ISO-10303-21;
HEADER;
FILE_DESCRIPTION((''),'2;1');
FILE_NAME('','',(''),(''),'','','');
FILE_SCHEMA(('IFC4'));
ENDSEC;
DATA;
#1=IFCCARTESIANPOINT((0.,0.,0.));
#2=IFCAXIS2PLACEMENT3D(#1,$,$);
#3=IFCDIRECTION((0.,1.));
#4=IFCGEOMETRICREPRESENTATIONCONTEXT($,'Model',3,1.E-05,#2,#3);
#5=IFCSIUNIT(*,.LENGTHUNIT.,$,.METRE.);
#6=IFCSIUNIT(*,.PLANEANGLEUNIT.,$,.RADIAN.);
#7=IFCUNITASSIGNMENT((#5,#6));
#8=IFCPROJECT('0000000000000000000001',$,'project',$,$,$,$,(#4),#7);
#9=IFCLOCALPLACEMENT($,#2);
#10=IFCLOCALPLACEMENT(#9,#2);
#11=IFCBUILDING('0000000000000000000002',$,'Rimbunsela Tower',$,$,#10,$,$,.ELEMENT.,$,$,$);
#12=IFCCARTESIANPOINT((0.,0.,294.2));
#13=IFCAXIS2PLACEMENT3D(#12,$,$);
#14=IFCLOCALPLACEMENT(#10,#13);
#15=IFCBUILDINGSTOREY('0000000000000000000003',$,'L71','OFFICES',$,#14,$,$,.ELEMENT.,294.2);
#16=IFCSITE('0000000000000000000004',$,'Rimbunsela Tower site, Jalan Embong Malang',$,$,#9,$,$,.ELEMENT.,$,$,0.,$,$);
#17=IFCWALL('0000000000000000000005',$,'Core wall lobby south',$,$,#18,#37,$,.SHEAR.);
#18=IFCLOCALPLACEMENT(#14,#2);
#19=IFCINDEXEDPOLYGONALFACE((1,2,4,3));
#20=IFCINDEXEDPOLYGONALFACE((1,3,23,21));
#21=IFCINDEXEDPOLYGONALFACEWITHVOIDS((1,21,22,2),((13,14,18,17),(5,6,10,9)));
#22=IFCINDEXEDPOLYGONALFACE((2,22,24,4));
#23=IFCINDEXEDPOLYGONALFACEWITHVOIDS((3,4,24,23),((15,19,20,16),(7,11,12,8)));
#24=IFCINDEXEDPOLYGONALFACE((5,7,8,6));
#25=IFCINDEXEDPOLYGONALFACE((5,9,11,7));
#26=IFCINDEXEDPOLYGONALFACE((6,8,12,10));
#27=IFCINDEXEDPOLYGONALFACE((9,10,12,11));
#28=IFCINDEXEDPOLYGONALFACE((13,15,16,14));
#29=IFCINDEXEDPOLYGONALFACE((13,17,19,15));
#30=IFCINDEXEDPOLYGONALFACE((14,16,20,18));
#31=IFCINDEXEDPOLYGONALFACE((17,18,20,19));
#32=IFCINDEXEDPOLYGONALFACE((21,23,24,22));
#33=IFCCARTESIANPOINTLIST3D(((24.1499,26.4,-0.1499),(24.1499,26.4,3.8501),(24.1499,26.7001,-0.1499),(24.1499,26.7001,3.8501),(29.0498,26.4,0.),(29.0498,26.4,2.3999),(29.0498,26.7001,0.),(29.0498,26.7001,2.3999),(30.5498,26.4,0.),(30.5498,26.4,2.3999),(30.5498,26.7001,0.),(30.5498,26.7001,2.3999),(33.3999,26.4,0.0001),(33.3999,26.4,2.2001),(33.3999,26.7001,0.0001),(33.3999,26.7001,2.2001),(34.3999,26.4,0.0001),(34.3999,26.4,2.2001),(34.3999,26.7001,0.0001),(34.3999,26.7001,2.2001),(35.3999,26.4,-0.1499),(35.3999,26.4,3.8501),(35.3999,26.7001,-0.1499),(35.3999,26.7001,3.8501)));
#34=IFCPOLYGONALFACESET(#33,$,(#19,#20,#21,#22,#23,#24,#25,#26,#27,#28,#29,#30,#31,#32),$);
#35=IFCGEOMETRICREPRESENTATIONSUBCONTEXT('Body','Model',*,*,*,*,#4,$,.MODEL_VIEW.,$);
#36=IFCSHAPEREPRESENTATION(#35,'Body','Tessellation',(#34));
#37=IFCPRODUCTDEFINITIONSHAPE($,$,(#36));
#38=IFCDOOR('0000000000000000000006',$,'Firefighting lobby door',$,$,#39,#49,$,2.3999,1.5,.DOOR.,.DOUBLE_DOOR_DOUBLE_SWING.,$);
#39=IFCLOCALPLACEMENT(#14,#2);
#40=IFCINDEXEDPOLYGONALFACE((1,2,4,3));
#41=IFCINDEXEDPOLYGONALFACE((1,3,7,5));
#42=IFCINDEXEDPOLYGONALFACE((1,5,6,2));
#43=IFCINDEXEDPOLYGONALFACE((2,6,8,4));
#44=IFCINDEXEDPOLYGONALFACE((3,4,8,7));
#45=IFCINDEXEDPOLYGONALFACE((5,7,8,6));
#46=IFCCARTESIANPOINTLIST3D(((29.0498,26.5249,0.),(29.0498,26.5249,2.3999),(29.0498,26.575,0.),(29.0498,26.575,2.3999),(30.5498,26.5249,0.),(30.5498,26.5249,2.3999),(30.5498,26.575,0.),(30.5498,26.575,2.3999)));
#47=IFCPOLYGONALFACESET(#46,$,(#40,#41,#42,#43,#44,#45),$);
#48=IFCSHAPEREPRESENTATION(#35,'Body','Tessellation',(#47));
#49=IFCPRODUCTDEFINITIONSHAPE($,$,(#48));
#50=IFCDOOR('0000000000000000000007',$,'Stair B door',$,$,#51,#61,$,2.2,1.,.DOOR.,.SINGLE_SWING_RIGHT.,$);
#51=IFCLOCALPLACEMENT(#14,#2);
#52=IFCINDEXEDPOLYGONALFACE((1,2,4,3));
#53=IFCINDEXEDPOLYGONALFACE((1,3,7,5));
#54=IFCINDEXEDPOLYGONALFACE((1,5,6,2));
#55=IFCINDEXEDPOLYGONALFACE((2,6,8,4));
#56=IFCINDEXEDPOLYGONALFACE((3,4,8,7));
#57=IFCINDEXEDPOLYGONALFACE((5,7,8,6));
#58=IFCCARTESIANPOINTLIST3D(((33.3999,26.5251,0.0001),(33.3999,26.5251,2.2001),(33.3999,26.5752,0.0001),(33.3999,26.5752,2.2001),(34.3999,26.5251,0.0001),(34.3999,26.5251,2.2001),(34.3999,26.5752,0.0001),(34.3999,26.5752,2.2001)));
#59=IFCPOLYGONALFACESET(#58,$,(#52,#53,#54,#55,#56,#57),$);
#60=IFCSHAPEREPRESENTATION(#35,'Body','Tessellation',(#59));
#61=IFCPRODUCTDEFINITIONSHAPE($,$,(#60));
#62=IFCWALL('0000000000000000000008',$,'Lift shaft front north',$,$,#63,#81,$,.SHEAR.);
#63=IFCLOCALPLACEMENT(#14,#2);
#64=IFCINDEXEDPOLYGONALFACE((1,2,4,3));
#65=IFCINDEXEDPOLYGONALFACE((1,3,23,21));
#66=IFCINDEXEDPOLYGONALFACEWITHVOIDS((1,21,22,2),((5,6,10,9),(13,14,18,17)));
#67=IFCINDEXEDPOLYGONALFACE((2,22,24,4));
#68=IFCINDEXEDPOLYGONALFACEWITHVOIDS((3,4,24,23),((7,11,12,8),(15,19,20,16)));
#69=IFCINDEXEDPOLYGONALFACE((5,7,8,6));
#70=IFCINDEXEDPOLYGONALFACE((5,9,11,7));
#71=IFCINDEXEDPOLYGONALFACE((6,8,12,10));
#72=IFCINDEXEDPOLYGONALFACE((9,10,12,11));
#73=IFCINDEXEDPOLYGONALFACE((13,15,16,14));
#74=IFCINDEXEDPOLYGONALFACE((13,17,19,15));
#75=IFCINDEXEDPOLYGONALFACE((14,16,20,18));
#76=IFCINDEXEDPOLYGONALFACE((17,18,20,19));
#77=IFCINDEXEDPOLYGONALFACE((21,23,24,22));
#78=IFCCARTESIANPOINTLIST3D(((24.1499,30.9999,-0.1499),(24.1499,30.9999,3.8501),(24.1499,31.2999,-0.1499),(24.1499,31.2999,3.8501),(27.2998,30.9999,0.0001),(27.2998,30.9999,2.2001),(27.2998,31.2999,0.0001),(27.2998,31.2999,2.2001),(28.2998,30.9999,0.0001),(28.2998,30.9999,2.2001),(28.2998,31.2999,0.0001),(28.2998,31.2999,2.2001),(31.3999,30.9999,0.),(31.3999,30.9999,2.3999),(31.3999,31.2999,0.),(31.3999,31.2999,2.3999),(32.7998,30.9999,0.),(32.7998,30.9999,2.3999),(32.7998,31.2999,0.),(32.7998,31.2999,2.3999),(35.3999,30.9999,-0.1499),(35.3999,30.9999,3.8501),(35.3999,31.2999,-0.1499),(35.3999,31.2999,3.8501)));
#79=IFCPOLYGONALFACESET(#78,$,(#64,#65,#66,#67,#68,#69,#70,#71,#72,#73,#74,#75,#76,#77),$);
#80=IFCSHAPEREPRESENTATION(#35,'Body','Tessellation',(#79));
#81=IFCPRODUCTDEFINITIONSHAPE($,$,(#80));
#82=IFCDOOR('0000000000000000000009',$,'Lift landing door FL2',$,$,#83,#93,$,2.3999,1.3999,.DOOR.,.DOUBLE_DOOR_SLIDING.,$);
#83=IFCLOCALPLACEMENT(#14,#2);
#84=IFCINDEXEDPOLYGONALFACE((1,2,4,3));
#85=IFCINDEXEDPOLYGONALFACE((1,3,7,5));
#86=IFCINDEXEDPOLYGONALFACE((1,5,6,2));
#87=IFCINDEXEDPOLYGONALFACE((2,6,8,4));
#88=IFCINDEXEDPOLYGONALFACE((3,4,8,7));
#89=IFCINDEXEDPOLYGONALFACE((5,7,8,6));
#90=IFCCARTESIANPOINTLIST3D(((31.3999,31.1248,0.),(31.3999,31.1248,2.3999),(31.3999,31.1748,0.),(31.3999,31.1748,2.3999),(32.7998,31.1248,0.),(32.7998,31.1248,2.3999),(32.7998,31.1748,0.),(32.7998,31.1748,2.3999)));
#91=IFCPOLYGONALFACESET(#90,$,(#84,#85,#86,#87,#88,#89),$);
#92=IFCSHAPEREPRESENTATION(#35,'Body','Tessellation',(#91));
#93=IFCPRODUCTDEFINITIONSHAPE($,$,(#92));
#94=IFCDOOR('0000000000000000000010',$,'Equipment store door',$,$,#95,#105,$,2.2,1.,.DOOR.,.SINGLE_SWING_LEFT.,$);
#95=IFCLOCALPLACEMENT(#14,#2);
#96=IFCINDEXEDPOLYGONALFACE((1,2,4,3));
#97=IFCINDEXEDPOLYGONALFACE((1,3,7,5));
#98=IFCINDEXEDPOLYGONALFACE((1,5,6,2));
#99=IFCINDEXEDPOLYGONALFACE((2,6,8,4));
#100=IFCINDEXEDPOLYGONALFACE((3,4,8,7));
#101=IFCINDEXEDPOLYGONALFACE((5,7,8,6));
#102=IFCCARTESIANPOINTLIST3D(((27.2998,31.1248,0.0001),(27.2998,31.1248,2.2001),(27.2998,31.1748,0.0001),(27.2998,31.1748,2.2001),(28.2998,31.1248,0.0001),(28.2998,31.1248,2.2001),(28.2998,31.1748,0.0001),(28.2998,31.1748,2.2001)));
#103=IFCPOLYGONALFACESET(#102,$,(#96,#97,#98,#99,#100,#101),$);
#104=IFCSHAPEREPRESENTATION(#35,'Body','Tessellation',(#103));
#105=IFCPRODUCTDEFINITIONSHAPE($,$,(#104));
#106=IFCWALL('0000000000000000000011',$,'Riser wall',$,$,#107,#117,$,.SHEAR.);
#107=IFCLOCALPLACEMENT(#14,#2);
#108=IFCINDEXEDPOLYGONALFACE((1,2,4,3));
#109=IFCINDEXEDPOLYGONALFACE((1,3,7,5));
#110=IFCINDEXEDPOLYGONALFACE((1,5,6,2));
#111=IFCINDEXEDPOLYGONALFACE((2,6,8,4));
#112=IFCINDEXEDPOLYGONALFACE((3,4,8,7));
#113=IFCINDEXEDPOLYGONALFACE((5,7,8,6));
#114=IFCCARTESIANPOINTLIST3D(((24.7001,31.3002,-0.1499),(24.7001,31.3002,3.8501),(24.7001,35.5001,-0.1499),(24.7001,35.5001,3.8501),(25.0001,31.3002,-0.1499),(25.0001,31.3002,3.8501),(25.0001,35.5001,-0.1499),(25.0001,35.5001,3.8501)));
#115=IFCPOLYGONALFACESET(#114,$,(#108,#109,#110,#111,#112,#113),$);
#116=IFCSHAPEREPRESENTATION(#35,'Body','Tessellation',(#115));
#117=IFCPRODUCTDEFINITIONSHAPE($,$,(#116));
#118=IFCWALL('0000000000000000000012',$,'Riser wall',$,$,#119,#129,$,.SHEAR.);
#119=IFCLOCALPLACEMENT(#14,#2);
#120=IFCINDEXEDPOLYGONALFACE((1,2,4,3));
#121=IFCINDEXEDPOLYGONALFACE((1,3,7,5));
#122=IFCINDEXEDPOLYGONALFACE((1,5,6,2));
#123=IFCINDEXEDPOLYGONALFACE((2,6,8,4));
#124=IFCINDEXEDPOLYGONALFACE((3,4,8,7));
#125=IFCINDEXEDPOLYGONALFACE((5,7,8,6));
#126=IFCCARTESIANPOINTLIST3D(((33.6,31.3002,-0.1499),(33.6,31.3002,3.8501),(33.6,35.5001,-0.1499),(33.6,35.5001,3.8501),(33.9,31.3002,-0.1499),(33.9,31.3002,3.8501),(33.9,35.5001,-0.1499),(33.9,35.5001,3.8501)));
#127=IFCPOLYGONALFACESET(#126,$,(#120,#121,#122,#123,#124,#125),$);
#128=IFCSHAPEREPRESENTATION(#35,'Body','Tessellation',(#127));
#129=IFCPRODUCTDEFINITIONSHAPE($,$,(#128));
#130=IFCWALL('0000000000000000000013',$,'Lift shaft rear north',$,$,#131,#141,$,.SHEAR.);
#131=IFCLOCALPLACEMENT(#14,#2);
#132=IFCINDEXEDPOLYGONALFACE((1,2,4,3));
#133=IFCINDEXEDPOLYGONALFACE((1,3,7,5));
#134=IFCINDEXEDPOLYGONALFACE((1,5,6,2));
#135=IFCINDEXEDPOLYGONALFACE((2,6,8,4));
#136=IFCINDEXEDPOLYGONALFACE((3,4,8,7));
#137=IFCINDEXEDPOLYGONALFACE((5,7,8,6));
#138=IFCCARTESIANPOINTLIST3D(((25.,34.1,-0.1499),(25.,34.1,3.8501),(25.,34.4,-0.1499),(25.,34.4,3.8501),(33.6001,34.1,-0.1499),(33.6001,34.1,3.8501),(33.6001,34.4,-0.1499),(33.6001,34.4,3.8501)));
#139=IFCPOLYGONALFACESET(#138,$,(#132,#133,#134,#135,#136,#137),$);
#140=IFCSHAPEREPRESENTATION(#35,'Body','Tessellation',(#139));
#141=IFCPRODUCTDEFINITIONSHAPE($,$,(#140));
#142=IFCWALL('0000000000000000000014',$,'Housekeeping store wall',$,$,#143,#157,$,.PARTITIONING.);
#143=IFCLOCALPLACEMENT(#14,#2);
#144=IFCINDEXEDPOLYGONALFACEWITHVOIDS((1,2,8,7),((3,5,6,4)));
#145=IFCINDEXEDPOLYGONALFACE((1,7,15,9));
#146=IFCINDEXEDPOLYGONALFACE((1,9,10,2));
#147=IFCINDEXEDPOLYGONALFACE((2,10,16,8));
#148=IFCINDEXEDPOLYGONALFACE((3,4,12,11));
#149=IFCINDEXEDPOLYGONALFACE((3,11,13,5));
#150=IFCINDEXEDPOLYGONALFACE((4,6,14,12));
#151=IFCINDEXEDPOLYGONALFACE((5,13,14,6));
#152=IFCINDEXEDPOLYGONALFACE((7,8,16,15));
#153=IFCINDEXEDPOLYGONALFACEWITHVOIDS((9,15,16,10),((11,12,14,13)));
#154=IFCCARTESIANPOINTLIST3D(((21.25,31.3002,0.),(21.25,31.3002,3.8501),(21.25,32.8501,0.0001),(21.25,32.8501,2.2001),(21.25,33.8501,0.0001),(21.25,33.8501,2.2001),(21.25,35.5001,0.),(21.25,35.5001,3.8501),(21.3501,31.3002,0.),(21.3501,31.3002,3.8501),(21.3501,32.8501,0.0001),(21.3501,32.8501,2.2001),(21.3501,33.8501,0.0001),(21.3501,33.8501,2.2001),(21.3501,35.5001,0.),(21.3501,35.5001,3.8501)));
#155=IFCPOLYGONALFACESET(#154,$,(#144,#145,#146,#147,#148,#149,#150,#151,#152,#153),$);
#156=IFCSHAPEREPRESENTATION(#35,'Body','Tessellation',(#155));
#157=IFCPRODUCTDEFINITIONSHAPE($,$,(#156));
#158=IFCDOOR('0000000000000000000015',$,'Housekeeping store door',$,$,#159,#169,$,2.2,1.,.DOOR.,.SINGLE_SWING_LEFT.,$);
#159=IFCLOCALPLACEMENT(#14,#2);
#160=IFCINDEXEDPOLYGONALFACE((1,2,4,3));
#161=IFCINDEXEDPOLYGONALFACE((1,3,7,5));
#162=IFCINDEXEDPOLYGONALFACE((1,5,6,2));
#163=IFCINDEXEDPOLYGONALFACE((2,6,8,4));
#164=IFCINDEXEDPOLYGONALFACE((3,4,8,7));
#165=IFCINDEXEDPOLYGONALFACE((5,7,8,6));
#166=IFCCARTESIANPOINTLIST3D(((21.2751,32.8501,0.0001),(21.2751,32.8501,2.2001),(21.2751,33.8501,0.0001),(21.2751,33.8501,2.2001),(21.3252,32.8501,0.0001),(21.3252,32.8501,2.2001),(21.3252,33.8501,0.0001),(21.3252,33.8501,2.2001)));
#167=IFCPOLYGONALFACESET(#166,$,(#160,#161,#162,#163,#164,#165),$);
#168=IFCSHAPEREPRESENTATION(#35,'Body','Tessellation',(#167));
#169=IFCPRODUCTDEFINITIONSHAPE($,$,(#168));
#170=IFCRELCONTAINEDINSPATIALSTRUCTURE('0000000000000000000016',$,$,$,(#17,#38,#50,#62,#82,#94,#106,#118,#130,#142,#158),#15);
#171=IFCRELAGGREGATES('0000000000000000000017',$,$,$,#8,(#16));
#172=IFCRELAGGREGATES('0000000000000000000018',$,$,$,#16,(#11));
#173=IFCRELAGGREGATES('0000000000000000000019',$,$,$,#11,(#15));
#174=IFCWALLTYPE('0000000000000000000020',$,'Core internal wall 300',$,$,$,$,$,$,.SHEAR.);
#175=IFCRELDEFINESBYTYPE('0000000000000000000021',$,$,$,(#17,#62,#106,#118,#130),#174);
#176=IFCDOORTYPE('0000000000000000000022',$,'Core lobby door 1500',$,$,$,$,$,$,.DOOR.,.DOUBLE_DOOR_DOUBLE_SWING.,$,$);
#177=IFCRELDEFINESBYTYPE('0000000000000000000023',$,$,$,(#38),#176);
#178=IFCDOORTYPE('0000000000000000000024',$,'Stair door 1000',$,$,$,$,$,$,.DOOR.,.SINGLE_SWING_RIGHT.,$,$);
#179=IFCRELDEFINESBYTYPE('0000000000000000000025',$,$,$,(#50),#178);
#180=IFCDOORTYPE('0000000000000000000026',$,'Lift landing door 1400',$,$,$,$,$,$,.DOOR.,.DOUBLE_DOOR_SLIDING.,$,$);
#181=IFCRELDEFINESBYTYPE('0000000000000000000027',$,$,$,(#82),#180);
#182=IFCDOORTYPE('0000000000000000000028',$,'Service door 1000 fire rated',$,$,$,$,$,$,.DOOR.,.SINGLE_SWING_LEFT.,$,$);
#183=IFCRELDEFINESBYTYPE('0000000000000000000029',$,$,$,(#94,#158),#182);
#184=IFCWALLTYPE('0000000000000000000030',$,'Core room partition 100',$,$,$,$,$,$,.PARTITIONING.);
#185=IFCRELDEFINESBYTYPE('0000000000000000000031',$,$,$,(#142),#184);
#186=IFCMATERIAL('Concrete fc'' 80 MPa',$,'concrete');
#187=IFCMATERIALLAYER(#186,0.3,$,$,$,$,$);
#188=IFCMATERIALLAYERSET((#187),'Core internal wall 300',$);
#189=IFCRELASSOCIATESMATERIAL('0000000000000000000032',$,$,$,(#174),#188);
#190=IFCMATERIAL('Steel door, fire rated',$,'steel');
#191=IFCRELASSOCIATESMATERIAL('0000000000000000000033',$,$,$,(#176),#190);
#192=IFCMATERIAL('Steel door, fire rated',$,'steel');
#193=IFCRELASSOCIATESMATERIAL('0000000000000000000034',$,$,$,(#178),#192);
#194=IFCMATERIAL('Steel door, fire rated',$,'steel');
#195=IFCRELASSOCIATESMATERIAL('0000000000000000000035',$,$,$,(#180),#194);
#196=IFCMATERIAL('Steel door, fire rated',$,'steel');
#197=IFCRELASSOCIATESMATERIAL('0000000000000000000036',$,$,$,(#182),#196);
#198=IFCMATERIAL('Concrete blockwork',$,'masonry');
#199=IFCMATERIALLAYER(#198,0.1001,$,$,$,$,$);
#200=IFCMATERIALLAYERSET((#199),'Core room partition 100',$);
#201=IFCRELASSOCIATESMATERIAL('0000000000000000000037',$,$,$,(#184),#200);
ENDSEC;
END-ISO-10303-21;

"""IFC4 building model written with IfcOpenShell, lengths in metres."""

from ifc_helpers import new_model, si_unit, direction, frame, frame_2d, origin, place, context, subcontext, project, spatial, rectangle, extrude, material, layer, layer_set, type_object, element, fill, save


model = new_model("IFC4")

# Units and contexts
model_context = context("Model", 3, precision=1e-05, world=origin(), true_north=direction((0.0, 1.0)))
body_context = subcontext(model_context, "Body", "Model", "MODEL_VIEW")
ifc_project = project(units=[si_unit("LENGTHUNIT", "METRE"), si_unit("PLANEANGLEUNIT", "RADIAN")], contexts=[model_context])

# Site, building, storey
site_placement = place(None, origin())
site = spatial("IfcSite", under=ifc_project, at=site_placement, Name="Rimbunsela Tower site, Jalan Embong Malang", CompositionType="ELEMENT", RefElevation=0.0)
building_placement = place(site_placement, origin())
building = spatial("IfcBuilding", under=site, at=building_placement, Name="Rimbunsela Tower", CompositionType="ELEMENT")
storey_placement = place(building_placement, frame((0.0, 0.0, 294.2)))
storey = spatial("IfcBuildingStorey", under=building, at=storey_placement, Name="L71", Description="OFFICES", CompositionType="ELEMENT", Elevation=294.2)

# Walls, openings, doors
ifc_material_1 = material(Name="Concrete fc' 80 MPa", Category="concrete")
ifc_layer_1 = layer(ifc_material_1, 0.3)
ifc_layer_set_1 = layer_set([ifc_layer_1], Name="Core internal wall 300")
wall_type_1 = type_object("IfcWallType", Name="Core internal wall 300", PredefinedType="SHEAR", material=ifc_layer_set_1)
wall_1_placement = place(storey_placement, frame((24.1499, 26.55, -0.1499), z_axis=(0.0, 0.0, 1.0), x_axis=(1.0, 0.0, 0.0)))
wall_1 = element("IfcWall", 1, at=wall_1_placement, inside=storey, type_object=wall_type_1, Name="Core wall lobby south", PredefinedType="SHEAR", context=body_context, shape_type="SweptSolid", body=[
    extrude(rectangle(XDim=11.25, YDim=0.3, at=frame_2d((5.625, 0.0))), origin(), (0.0, 0.0, 1.0), 4.0),
])
opening_1_placement = place(wall_1_placement, frame((9.25, 0.0, 0.1499)))
opening_1 = element("IfcOpeningElement", 2, at=opening_1_placement, cuts=wall_1, PredefinedType="OPENING", context=body_context, shape_type="SweptSolid", body=[
    extrude(rectangle(XDim=1.0, YDim=2.2, at=frame_2d((0.5, 1.1001))), frame((0.0, 0.1599, 0.0), z_axis=(0.0, -1.0, 0.0), x_axis=(1.0, 0.0, 0.0)), (0.0, 0.0, 1.0), 0.3201),
])
opening_2_placement = place(wall_1_placement, frame((4.8999, 0.0, 0.1499)))
opening_2 = element("IfcOpeningElement", 3, at=opening_2_placement, cuts=wall_1, PredefinedType="OPENING", context=body_context, shape_type="SweptSolid", body=[
    extrude(rectangle(XDim=1.5, YDim=2.3999, at=frame_2d((0.75, 1.2))), frame((0.0, 0.1599, 0.0), z_axis=(0.0, -1.0, 0.0), x_axis=(1.0, 0.0, 0.0)), (0.0, 0.0, 1.0), 0.3201),
])
ifc_material_2 = material(Name="Steel door, fire rated", Category="steel")
door_type_1 = type_object("IfcDoorType", Name="Core lobby door 1500", OperationType="DOUBLE_DOOR_DOUBLE_SWING", PredefinedType="DOOR", material=ifc_material_2)
door_1_placement = place(opening_2_placement, origin())
door_1 = element("IfcDoor", 4, at=door_1_placement, inside=storey, type_object=door_type_1, Name="Firefighting lobby door", OperationType="DOUBLE_DOOR_DOUBLE_SWING", OverallHeight=2.3999, OverallWidth=1.5, PredefinedType="DOOR", context=body_context, shape_type="SweptSolid", body=[
    extrude(rectangle(XDim=1.5, YDim=2.3999, at=frame_2d((0.75, 1.2))), frame((0.0, 0.0249, 0.0), z_axis=(0.0, -1.0, 0.0), x_axis=(1.0, 0.0, 0.0)), (0.0, 0.0, 1.0), 0.05),
])
fill(opening_2, door_1)
ifc_material_3 = material(Name="Steel door, fire rated", Category="steel")
door_type_2 = type_object("IfcDoorType", Name="Stair door 1000", OperationType="SINGLE_SWING_RIGHT", PredefinedType="DOOR", material=ifc_material_3)
door_2_placement = place(opening_1_placement, frame((1.0, 0.0, 0.0), z_axis=(0.0, 0.0, 1.0), x_axis=(-1.0, 0.0, 0.0)))
door_2 = element("IfcDoor", 5, at=door_2_placement, inside=storey, type_object=door_type_2, Name="Stair B door", OperationType="SINGLE_SWING_RIGHT", OverallHeight=2.2, OverallWidth=1.0, PredefinedType="DOOR", context=body_context, shape_type="SweptSolid", body=[
    extrude(rectangle(XDim=1.0, YDim=2.2, at=frame_2d((0.5, 1.1001))), frame((0.0, 0.0249, 0.0), z_axis=(0.0, -1.0, 0.0), x_axis=(1.0, 0.0, 0.0)), (0.0, 0.0, 1.0), 0.05),
])
fill(opening_1, door_2)
wall_2_placement = place(storey_placement, frame((24.1499, 31.1499, -0.1499), z_axis=(0.0, 0.0, 1.0), x_axis=(1.0, 0.0, 0.0)))
wall_2 = element("IfcWall", 6, at=wall_2_placement, inside=storey, type_object=wall_type_1, Name="Lift shaft front north", PredefinedType="SHEAR", context=body_context, shape_type="SweptSolid", body=[
    extrude(rectangle(XDim=11.25, YDim=0.3, at=frame_2d((5.625, 0.0))), origin(), (0.0, 0.0, 1.0), 4.0),
])
opening_3_placement = place(wall_2_placement, frame((3.1499, 0.0, 0.1499)))
opening_3 = element("IfcOpeningElement", 7, at=opening_3_placement, cuts=wall_2, PredefinedType="OPENING", context=body_context, shape_type="SweptSolid", body=[
    extrude(rectangle(XDim=1.0, YDim=2.2, at=frame_2d((0.5, 1.1001))), frame((0.0, 0.1599, 0.0), z_axis=(0.0, -1.0, 0.0), x_axis=(1.0, 0.0, 0.0)), (0.0, 0.0, 1.0), 0.3201),
])
opening_4_placement = place(wall_2_placement, frame((7.25, 0.0, 0.1499)))
opening_4 = element("IfcOpeningElement", 8, at=opening_4_placement, cuts=wall_2, PredefinedType="OPENING", context=body_context, shape_type="SweptSolid", body=[
    extrude(rectangle(XDim=1.3999, YDim=2.3999, at=frame_2d((0.7, 1.2))), frame((0.0, 0.1599, 0.0), z_axis=(0.0, -1.0, 0.0), x_axis=(1.0, 0.0, 0.0)), (0.0, 0.0, 1.0), 0.3201),
])
ifc_material_4 = material(Name="Steel door, fire rated", Category="steel")
door_type_3 = type_object("IfcDoorType", Name="Lift landing door 1400", OperationType="DOUBLE_DOOR_SLIDING", PredefinedType="DOOR", material=ifc_material_4)
door_3_placement = place(opening_4_placement, origin())
door_3 = element("IfcDoor", 9, at=door_3_placement, inside=storey, type_object=door_type_3, Name="Lift landing door FL2", OperationType="DOUBLE_DOOR_SLIDING", OverallHeight=2.3999, OverallWidth=1.3999, PredefinedType="DOOR", context=body_context, shape_type="SweptSolid", body=[
    extrude(rectangle(XDim=1.3999, YDim=2.3999, at=frame_2d((0.7, 1.2))), frame((0.0, 0.0249, 0.0), z_axis=(0.0, -1.0, 0.0), x_axis=(1.0, 0.0, 0.0)), (0.0, 0.0, 1.0), 0.05),
])
fill(opening_4, door_3)
ifc_material_5 = material(Name="Steel door, fire rated", Category="steel")
door_type_4 = type_object("IfcDoorType", Name="Service door 1000 fire rated", OperationType="SINGLE_SWING_LEFT", PredefinedType="DOOR", material=ifc_material_5)
door_4_placement = place(opening_3_placement, origin())
door_4 = element("IfcDoor", 10, at=door_4_placement, inside=storey, type_object=door_type_4, Name="Equipment store door", OperationType="SINGLE_SWING_LEFT", OverallHeight=2.2, OverallWidth=1.0, PredefinedType="DOOR", context=body_context, shape_type="SweptSolid", body=[
    extrude(rectangle(XDim=1.0, YDim=2.2, at=frame_2d((0.5, 1.1001))), frame((0.0, 0.0249, 0.0), z_axis=(0.0, -1.0, 0.0), x_axis=(1.0, 0.0, 0.0)), (0.0, 0.0, 1.0), 0.05),
])
fill(opening_3, door_4)

# Walls
for number, where, z_axis, x_axis, name in (
    (11, (24.8501, 31.3, -0.1499), (0.0, 0.0, 1.0), (0.0, 1.0, 0.0), "Riser wall"),
    (12, (33.75, 31.3, -0.1499), (0.0, 0.0, 1.0), (0.0, 1.0, 0.0), "Riser wall"),
):
    element("IfcWall", number, at=place(storey_placement, frame(where, z_axis=z_axis, x_axis=x_axis)), inside=storey, type_object=wall_type_1, Name=name, PredefinedType="SHEAR", context=body_context, shape_type="SweptSolid", body=[
        extrude(rectangle(XDim=4.2, YDim=0.3, at=frame_2d((2.1001, 0.0))), origin(), (0.0, 0.0, 1.0), 4.0),
    ])
wall_3_placement = place(storey_placement, frame((25.0, 34.25, -0.1499), z_axis=(0.0, 0.0, 1.0), x_axis=(1.0, 0.0, 0.0)))
element("IfcWall", 13, at=wall_3_placement, inside=storey, type_object=wall_type_1, Name="Lift shaft rear north", PredefinedType="SHEAR", context=body_context, shape_type="SweptSolid", body=[
    extrude(rectangle(XDim=8.6001, YDim=0.3, at=frame_2d((4.3, 0.0))), origin(), (0.0, 0.0, 1.0), 4.0),
])

# Wall, opening, door
ifc_material_6 = material(Name="Concrete blockwork", Category="masonry")
ifc_layer_2 = layer(ifc_material_6, 0.1001)
ifc_layer_set_2 = layer_set([ifc_layer_2], Name="Core room partition 100")
wall_type_2 = type_object("IfcWallType", Name="Core room partition 100", PredefinedType="PARTITIONING", material=ifc_layer_set_2)
wall_4_placement = place(storey_placement, frame((21.3, 31.3, 0.0), z_axis=(0.0, 0.0, 1.0), x_axis=(0.0, 1.0, 0.0)))
wall_4 = element("IfcWall", 14, at=wall_4_placement, inside=storey, type_object=wall_type_2, Name="Housekeeping store wall", PredefinedType="PARTITIONING", context=body_context, shape_type="SweptSolid", body=[
    extrude(rectangle(XDim=4.2, YDim=0.1001, at=frame_2d((2.1001, 0.0))), origin(), (0.0, 0.0, 1.0), 3.8501),
])
opening_5_placement = place(wall_4_placement, frame((1.55, 0.0, 0.0)))
opening_5 = element("IfcOpeningElement", 15, at=opening_5_placement, cuts=wall_4, PredefinedType="OPENING", context=body_context, shape_type="SweptSolid", body=[
    extrude(rectangle(XDim=1.0, YDim=2.2, at=frame_2d((0.5, 1.1001))), frame((0.0, 0.0601, 0.0), z_axis=(0.0, -1.0, 0.0), x_axis=(1.0, 0.0, 0.0)), (0.0, 0.0, 1.0), 0.1201),
])
door_5_placement = place(opening_5_placement, origin())
door_5 = element("IfcDoor", 16, at=door_5_placement, inside=storey, type_object=door_type_4, Name="Housekeeping store door", OperationType="SINGLE_SWING_LEFT", OverallHeight=2.2, OverallWidth=1.0, PredefinedType="DOOR", context=body_context, shape_type="SweptSolid", body=[
    extrude(rectangle(XDim=1.0, YDim=2.2, at=frame_2d((0.5, 1.1001))), frame((0.0, 0.0249, 0.0), z_axis=(0.0, -1.0, 0.0), x_axis=(1.0, 0.0, 0.0)), (0.0, 0.0, 1.0), 0.05),
])
fill(opening_5, door_5)

save(model, "model.ifc")
